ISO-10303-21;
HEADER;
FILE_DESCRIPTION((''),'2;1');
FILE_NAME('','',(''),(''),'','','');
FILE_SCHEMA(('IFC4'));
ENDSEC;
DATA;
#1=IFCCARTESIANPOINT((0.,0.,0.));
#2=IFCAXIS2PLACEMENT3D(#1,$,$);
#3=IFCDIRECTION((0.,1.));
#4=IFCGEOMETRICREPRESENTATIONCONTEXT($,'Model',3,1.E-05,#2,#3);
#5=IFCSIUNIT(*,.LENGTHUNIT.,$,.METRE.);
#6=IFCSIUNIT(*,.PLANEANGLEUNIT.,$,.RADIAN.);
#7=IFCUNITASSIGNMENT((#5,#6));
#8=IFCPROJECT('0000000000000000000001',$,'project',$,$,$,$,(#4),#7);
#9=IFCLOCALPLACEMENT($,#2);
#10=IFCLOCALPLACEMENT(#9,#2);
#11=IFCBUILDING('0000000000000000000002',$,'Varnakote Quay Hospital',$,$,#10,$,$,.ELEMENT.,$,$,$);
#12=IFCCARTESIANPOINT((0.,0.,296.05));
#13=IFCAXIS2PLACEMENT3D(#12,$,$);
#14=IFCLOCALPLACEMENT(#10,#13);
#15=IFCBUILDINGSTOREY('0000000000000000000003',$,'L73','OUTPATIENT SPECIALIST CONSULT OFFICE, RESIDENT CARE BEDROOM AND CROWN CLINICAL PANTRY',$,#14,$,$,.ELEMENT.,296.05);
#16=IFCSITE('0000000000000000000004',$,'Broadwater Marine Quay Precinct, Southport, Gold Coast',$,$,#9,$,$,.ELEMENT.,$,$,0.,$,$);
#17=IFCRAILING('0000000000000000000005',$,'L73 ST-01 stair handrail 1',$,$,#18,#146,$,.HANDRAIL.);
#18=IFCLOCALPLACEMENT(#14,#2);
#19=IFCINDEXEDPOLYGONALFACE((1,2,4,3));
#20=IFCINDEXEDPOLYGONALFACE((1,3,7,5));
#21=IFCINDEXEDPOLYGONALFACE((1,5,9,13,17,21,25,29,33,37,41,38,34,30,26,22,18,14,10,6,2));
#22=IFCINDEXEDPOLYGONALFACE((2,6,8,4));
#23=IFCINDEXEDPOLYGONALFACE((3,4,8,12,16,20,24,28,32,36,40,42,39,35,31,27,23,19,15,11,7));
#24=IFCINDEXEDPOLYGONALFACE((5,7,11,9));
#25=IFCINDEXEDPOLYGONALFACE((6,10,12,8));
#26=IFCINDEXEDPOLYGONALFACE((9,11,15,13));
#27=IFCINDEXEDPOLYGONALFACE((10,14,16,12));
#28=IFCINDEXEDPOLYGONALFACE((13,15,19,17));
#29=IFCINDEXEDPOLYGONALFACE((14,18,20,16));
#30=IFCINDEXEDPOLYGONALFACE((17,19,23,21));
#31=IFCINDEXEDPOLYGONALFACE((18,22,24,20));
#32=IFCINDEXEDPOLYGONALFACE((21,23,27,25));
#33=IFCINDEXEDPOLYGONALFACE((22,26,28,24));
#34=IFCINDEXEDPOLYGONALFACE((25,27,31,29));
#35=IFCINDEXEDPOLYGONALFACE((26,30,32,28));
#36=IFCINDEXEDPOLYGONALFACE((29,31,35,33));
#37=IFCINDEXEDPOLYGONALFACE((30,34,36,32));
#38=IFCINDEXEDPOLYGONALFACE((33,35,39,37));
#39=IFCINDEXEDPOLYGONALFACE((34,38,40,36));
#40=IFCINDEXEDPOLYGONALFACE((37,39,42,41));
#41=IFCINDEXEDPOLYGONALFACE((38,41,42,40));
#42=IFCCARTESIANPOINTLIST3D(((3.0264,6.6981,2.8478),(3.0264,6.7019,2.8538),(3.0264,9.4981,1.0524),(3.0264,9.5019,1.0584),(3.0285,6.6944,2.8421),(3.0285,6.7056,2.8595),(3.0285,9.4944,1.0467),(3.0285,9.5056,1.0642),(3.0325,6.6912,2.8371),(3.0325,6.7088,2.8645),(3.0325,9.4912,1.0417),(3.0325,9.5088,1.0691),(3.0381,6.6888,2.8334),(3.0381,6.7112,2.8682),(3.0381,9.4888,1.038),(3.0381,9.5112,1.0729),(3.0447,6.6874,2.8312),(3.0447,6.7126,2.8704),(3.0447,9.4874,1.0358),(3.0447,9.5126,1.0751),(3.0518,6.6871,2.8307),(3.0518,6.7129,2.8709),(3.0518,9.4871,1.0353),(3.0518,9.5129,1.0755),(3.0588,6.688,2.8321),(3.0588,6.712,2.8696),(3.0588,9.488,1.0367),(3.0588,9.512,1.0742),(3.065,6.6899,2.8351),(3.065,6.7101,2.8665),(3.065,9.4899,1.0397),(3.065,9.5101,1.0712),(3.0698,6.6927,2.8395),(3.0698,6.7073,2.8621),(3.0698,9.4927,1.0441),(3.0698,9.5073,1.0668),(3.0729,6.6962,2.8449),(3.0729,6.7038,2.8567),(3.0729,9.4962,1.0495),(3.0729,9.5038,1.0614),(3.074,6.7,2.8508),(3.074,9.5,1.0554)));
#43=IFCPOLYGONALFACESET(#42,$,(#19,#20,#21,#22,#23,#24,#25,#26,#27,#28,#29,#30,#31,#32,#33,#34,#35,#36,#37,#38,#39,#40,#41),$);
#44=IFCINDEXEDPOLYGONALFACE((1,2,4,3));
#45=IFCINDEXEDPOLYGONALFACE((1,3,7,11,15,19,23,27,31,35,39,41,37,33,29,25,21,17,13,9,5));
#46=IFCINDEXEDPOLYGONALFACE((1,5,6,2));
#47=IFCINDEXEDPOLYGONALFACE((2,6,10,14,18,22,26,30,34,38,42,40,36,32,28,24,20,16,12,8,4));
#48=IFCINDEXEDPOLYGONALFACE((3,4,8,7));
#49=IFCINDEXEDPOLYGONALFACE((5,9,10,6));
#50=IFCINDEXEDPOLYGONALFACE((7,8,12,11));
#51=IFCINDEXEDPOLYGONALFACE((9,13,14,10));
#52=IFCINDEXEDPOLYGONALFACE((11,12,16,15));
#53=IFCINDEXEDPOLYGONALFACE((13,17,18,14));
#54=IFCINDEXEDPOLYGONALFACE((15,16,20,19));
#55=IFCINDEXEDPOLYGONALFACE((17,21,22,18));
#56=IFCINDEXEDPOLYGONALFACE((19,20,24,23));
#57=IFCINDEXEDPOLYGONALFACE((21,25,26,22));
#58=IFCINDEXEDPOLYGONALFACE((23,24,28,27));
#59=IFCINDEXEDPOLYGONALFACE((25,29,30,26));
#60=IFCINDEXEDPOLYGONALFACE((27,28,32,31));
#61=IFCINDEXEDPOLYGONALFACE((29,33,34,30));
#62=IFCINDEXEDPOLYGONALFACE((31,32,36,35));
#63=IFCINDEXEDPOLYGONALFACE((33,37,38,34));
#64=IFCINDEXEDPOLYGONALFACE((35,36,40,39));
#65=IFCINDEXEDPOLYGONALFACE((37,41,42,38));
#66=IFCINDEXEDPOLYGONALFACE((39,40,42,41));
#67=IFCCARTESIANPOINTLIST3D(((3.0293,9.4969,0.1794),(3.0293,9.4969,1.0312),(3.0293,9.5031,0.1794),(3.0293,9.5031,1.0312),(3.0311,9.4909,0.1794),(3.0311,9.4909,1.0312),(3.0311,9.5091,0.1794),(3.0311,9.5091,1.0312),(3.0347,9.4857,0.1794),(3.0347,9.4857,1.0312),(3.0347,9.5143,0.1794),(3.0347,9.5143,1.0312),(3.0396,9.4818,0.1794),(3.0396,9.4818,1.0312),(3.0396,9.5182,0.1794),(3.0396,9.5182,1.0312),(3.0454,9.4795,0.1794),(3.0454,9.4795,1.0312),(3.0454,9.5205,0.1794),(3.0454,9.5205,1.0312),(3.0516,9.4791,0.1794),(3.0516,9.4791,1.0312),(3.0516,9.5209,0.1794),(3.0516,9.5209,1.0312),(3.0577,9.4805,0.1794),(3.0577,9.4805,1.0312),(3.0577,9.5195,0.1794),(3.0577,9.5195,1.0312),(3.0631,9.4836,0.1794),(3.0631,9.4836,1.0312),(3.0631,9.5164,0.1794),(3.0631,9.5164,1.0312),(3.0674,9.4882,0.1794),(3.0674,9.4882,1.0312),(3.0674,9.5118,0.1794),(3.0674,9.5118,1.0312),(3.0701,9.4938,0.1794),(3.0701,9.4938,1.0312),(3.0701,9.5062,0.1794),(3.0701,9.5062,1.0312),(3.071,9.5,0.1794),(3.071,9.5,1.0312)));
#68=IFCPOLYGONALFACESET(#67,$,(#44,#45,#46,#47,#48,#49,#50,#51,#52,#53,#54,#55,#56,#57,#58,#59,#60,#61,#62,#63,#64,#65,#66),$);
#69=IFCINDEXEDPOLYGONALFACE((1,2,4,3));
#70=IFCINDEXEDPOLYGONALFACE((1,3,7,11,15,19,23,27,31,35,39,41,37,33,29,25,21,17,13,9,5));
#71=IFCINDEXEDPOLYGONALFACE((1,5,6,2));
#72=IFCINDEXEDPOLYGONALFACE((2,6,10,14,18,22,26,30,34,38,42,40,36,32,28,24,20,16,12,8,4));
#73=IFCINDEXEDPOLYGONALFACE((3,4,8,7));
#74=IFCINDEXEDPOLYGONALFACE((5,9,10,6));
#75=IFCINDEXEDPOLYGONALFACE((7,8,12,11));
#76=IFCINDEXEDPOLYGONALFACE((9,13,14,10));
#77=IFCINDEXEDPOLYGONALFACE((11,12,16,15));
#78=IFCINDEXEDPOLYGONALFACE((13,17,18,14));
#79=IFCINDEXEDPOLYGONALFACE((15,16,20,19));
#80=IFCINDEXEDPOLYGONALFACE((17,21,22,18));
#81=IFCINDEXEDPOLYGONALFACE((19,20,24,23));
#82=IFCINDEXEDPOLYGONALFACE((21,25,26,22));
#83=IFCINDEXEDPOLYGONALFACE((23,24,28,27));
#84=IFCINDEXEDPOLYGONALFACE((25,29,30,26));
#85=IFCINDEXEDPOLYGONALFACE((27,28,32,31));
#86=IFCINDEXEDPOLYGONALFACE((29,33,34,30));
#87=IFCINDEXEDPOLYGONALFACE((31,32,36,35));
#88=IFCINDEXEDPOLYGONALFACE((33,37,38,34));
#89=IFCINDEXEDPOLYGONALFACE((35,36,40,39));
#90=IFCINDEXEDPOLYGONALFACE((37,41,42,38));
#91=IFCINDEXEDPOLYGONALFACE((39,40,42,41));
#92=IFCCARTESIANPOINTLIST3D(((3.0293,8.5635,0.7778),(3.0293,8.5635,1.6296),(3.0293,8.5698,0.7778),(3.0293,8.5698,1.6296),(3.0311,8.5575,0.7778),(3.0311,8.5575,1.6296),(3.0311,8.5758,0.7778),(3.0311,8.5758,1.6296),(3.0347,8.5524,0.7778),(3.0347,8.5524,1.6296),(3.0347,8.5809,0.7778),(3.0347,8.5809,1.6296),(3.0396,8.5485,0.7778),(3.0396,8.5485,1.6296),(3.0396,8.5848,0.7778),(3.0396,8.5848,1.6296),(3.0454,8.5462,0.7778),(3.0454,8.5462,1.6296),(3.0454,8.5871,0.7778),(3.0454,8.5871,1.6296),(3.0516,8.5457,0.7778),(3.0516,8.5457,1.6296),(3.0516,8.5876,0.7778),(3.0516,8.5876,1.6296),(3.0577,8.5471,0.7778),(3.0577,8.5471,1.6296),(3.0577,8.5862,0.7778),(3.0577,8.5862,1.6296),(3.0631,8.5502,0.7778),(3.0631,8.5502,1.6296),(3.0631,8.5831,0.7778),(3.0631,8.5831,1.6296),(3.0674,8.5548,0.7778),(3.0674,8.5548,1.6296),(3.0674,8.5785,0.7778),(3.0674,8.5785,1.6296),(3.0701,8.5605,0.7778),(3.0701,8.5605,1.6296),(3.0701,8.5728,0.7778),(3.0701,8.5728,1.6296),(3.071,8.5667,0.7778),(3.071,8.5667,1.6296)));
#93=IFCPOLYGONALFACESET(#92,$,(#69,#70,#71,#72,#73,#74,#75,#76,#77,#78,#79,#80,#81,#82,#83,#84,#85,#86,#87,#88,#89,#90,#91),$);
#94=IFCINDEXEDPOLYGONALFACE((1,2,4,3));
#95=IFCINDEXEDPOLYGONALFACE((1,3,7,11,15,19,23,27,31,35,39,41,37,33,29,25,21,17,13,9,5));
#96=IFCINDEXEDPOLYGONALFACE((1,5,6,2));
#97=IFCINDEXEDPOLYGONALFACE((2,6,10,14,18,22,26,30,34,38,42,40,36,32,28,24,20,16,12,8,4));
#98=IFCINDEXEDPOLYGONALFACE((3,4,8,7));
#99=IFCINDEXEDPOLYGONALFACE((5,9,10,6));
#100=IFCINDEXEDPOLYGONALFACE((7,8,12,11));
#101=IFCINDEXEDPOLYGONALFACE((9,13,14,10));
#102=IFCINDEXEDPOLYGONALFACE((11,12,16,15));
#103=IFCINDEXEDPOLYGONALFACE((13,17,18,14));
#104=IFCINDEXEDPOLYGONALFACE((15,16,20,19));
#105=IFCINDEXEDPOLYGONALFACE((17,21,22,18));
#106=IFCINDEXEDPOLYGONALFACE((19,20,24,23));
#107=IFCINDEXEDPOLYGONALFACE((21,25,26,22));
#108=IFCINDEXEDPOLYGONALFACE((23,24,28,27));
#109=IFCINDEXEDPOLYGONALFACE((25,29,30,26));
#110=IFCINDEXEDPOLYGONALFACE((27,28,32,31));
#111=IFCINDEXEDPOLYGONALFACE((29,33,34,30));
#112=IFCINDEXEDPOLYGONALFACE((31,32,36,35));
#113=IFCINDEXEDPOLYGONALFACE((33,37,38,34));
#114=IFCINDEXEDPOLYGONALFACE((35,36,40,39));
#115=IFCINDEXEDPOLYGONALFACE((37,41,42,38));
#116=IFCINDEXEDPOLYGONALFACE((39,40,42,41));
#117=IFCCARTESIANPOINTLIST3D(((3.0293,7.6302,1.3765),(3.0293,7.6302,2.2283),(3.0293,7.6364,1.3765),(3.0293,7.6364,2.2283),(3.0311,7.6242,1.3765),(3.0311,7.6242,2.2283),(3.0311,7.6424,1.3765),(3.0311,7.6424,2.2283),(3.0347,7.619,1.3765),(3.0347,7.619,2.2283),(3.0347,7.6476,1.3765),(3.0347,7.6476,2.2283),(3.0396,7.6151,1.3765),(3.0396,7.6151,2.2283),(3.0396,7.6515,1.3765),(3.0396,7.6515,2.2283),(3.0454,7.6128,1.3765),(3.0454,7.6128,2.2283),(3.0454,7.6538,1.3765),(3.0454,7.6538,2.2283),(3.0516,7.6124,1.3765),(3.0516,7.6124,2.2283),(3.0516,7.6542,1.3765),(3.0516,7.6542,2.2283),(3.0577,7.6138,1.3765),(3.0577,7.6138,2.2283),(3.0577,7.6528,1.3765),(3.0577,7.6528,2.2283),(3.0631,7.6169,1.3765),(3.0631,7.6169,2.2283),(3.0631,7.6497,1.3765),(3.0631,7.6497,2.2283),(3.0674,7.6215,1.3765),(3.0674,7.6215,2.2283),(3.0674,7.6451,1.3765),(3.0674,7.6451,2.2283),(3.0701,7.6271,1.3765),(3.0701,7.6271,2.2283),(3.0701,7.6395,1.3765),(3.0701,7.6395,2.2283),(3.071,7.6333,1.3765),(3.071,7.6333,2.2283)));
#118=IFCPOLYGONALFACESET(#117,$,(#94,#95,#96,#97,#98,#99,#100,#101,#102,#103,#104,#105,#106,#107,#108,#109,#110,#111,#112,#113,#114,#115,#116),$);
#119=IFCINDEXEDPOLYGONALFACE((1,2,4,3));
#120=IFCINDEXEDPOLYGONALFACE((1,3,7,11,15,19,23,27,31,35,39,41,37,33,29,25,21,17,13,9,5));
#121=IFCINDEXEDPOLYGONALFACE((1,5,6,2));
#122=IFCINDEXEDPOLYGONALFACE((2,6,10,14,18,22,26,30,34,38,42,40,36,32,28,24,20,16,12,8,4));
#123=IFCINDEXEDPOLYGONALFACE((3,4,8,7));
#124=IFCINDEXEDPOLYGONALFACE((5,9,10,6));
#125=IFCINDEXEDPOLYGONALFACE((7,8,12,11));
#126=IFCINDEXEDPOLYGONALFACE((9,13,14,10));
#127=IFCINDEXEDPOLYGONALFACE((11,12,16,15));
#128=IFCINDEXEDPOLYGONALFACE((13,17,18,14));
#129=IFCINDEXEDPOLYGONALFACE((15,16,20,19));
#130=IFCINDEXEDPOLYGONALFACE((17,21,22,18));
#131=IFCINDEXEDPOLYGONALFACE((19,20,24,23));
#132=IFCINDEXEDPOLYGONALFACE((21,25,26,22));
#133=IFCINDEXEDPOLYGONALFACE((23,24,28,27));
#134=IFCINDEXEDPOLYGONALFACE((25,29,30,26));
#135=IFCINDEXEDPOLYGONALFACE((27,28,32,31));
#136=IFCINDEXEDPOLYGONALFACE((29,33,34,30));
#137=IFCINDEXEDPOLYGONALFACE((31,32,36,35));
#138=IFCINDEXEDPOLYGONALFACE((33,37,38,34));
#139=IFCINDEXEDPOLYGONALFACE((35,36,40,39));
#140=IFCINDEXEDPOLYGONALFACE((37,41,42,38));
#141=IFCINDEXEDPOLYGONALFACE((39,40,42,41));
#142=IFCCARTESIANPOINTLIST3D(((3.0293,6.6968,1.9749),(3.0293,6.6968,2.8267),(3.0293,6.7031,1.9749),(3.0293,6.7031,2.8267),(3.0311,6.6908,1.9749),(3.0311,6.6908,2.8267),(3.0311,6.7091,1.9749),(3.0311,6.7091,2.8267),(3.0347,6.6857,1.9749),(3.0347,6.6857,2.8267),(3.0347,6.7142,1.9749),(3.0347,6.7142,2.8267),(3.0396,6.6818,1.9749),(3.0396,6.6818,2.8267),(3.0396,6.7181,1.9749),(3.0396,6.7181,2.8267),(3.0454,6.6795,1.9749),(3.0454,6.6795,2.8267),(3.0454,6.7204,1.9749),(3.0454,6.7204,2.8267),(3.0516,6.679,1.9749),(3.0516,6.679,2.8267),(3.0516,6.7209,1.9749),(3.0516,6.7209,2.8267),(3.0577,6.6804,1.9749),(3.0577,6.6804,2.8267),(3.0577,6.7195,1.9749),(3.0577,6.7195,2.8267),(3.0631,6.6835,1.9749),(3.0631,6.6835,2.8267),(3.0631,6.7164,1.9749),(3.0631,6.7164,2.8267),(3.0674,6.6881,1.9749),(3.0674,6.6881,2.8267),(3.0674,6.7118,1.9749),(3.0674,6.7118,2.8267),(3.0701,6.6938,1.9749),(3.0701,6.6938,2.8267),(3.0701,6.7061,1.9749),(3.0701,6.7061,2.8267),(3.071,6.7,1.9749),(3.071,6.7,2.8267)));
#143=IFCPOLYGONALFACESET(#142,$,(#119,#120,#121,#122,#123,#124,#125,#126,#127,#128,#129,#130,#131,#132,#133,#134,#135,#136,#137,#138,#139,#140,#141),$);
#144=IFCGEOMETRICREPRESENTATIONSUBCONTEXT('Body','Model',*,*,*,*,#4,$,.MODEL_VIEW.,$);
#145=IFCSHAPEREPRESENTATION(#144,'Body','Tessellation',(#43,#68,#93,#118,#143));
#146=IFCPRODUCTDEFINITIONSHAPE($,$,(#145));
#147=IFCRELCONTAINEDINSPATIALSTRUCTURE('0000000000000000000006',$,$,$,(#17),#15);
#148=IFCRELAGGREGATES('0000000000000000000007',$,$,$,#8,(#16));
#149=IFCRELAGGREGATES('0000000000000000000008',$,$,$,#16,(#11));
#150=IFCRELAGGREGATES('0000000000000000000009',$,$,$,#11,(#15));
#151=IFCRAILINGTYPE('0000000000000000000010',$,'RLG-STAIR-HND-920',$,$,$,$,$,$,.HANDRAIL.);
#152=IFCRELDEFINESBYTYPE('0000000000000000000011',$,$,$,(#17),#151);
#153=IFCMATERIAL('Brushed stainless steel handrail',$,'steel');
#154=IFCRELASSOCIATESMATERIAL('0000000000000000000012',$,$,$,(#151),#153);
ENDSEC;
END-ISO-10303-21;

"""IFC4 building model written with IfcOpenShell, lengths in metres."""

from ifc_helpers import new_model, si_unit, direction, frame, origin, origin_2d, place, context, subcontext, project, spatial, circle, extrude, material, type_object, element, save


model = new_model("IFC4")

# Units and contexts
model_context = context("Model", 3, precision=1e-05, world=origin(), true_north=direction((0.0, 1.0)))
body_context = subcontext(model_context, "Body", "Model", "MODEL_VIEW")
ifc_project = project(units=[si_unit("LENGTHUNIT", "METRE"), si_unit("PLANEANGLEUNIT", "RADIAN")], contexts=[model_context])

# Site, building, storey
site_placement = place(None, origin())
site = spatial("IfcSite", under=ifc_project, at=site_placement, Name="Broadwater Marine Quay Precinct, Southport, Gold Coast", CompositionType="ELEMENT", RefElevation=0.0)
building_placement = place(site_placement, origin())
building = spatial("IfcBuilding", under=site, at=building_placement, Name="Varnakote Quay Hospital", CompositionType="ELEMENT")
storey_placement = place(building_placement, frame((0.0, 0.0, 296.05)))
storey = spatial("IfcBuildingStorey", under=building, at=storey_placement, Name="L73", Description="OUTPATIENT SPECIALIST CONSULT OFFICE, RESIDENT CARE BEDROOM AND CROWN CLINICAL PANTRY", CompositionType="ELEMENT", Elevation=296.05)

# Railing
ifc_material_1 = material(Name="Brushed stainless steel handrail", Category="steel")
railing_type_1 = type_object("IfcRailingType", Name="RLG-STAIR-HND-920", PredefinedType="HANDRAIL", material=ifc_material_1)
railing_1_placement = place(storey_placement, frame((3.05, 9.5, 0.1794)))
element("IfcRailing", 1, at=railing_1_placement, inside=storey, type_object=railing_type_1, Name="L73 ST-01 stair handrail 1", PredefinedType="HANDRAIL", context=body_context, shape_type="SweptSolid", body=[
    extrude(circle(Radius=0.0239, at=origin_2d()), frame((0.0, 0.0, 0.876), z_axis=(0.0, -0.84181, 0.539774), x_axis=(1.0, 0.0, 0.0)), (0.0, 0.0, 1.0), 3.3262),
    extrude(circle(Radius=0.021, at=origin_2d()), origin(), (0.0, 0.0, 1.0), 0.8518),
    extrude(circle(Radius=0.021, at=origin_2d()), frame((0.0, -0.9333, 0.5984)), (0.0, 0.0, 1.0), 0.8518),
    extrude(circle(Radius=0.021, at=origin_2d()), frame((0.0, -1.8667, 1.197)), (0.0, 0.0, 1.0), 0.8518),
    extrude(circle(Radius=0.021, at=origin_2d()), frame((0.0, -2.8, 1.7954)), (0.0, 0.0, 1.0), 0.8518),
])

save(model, "model.ifc")
